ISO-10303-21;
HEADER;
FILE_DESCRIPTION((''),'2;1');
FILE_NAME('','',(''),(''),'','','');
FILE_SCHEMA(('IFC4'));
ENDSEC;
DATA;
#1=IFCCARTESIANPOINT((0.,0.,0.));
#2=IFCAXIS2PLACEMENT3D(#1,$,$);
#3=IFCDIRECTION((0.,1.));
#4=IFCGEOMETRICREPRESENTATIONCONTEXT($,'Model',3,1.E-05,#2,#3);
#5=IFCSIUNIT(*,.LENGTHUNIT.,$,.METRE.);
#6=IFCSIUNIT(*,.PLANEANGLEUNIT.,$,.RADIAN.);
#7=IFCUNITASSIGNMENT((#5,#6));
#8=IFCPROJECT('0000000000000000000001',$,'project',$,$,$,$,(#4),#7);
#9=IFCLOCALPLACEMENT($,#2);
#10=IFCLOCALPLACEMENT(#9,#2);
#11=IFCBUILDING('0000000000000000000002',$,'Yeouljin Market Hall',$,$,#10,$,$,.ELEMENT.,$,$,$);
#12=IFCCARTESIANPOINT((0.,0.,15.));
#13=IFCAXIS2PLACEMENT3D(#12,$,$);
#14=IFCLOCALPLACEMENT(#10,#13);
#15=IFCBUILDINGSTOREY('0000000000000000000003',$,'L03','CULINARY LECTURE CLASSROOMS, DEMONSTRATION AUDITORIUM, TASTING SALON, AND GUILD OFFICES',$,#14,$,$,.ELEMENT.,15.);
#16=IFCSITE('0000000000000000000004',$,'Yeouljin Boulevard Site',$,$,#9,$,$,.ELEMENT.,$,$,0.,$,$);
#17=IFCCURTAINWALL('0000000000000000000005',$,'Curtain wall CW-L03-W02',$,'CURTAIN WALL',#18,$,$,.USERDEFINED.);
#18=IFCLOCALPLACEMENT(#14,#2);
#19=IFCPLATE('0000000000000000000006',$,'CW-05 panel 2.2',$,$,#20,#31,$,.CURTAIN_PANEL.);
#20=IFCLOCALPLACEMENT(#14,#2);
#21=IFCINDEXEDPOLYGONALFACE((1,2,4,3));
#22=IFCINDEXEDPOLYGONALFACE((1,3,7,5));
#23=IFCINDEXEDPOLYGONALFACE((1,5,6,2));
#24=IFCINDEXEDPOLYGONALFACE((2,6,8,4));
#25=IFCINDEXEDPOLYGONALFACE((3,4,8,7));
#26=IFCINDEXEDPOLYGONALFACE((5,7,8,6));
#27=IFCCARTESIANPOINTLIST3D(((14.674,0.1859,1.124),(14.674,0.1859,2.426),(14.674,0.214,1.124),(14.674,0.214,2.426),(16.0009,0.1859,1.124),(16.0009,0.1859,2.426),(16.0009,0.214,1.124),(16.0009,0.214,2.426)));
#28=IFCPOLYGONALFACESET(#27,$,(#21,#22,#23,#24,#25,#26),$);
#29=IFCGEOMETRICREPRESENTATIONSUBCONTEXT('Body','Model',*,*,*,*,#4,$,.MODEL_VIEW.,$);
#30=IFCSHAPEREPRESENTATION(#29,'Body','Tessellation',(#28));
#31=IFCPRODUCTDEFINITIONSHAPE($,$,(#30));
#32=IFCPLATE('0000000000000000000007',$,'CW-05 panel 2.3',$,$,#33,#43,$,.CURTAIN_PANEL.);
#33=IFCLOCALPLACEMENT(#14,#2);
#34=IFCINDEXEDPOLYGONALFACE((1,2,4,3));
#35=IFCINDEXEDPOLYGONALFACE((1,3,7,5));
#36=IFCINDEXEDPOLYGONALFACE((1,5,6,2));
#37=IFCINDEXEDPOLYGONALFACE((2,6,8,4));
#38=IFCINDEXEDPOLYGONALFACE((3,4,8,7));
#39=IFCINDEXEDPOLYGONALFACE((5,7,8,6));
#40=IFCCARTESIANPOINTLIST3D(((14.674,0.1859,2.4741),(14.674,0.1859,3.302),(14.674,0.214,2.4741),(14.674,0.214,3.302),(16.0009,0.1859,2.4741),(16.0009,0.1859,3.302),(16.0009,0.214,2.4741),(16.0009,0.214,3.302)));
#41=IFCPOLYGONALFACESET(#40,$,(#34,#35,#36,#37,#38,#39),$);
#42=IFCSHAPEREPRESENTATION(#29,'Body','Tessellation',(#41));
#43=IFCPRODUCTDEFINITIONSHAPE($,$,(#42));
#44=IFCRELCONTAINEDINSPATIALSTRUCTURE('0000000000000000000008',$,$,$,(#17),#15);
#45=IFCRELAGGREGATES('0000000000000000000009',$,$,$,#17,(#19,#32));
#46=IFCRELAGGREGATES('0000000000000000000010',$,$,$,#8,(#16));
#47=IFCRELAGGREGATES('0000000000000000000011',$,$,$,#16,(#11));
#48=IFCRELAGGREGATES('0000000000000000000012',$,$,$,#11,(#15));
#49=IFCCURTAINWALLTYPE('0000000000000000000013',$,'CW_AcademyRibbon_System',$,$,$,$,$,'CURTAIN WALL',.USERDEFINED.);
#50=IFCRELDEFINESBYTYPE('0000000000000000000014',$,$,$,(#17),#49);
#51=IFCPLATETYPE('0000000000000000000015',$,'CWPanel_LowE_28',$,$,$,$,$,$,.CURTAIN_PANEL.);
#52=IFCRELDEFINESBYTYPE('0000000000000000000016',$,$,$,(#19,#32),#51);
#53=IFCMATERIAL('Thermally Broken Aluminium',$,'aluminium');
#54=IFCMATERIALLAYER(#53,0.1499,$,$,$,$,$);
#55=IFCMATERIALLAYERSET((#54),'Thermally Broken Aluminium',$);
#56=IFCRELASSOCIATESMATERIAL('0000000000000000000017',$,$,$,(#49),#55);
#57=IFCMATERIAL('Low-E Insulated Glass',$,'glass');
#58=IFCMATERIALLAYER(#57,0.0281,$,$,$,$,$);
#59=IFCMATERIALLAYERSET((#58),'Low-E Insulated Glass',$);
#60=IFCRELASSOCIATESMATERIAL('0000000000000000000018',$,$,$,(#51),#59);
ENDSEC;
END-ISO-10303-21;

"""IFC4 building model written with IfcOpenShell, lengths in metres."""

from ifc_helpers import new_model, si_unit, direction, frame, origin, origin_2d, place, context, subcontext, project, spatial, rectangle, extrude, material, layer, layer_set, type_object, element, aggregate, save


model = new_model("IFC4")

# Units and contexts
model_context = context("Model", 3, precision=1e-05, world=origin(), true_north=direction((0.0, 1.0)))
body_context = subcontext(model_context, "Body", "Model", "MODEL_VIEW")
ifc_project = project(units=[si_unit("LENGTHUNIT", "METRE"), si_unit("PLANEANGLEUNIT", "RADIAN")], contexts=[model_context])

# Site, building, storey
site_placement = place(None, origin())
site = spatial("IfcSite", under=ifc_project, at=site_placement, Name="Yeouljin Boulevard Site", CompositionType="ELEMENT", RefElevation=0.0)
building_placement = place(site_placement, origin())
building = spatial("IfcBuilding", under=site, at=building_placement, Name="Yeouljin Market Hall", CompositionType="ELEMENT")
storey_placement = place(building_placement, frame((0.0, 0.0, 15.0)))
storey = spatial("IfcBuildingStorey", under=building, at=storey_placement, Name="L03", Description="CULINARY LECTURE CLASSROOMS, DEMONSTRATION AUDITORIUM, TASTING SALON, AND GUILD OFFICES", CompositionType="ELEMENT", Elevation=15.0)

# Curtain wall
ifc_material_1 = material(Name="Thermally Broken Aluminium", Category="aluminium")
ifc_layer_1 = layer(ifc_material_1, 0.1499)
ifc_layer_set_1 = layer_set([ifc_layer_1], Name="Thermally Broken Aluminium")
curtain_wall_type = type_object("IfcCurtainWallType", Name="CW_AcademyRibbon_System", ElementType="CURTAIN WALL", PredefinedType="USERDEFINED", material=ifc_layer_set_1)
curtain_wall_placement = place(storey_placement, origin())
curtain_wall = element("IfcCurtainWall", 1, at=curtain_wall_placement, inside=storey, type_object=curtain_wall_type, Name="Curtain wall CW-L03-W02", ObjectType="CURTAIN WALL", PredefinedType="USERDEFINED")

# Plates
ifc_material_2 = material(Name="Low-E Insulated Glass", Category="glass")
ifc_layer_2 = layer(ifc_material_2, 0.0281)
ifc_layer_set_2 = layer_set([ifc_layer_2], Name="Low-E Insulated Glass")
plate_type = type_object("IfcPlateType", Name="CWPanel_LowE_28", PredefinedType="CURTAIN_PANEL", material=ifc_layer_set_2)
plate_1_placement = place(storey_placement, frame((15.3374, 0.2, 1.124), z_axis=(0.0, 0.0, 1.0), x_axis=(-1.0, 0.0, 0.0)))
plate_1 = element("IfcPlate", 2, at=plate_1_placement, type_object=plate_type, Name="CW-05 panel 2.2", PredefinedType="CURTAIN_PANEL", context=body_context, shape_type="SweptSolid", body=[
    extrude(rectangle(XDim=1.3269, YDim=0.0281, at=origin_2d()), origin(), (0.0, 0.0, 1.0), 1.302),
])
plate_2_placement = place(storey_placement, frame((15.3374, 0.2, 2.4741), z_axis=(0.0, 0.0, 1.0), x_axis=(-1.0, 0.0, 0.0)))
plate_2 = element("IfcPlate", 3, at=plate_2_placement, type_object=plate_type, Name="CW-05 panel 2.3", PredefinedType="CURTAIN_PANEL", context=body_context, shape_type="SweptSolid", body=[
    extrude(rectangle(XDim=1.3269, YDim=0.0281, at=origin_2d()), origin(), (0.0, 0.0, 1.0), 0.8279),
])
aggregate(curtain_wall, [plate_1, plate_2])

save(model, "model.ifc")
